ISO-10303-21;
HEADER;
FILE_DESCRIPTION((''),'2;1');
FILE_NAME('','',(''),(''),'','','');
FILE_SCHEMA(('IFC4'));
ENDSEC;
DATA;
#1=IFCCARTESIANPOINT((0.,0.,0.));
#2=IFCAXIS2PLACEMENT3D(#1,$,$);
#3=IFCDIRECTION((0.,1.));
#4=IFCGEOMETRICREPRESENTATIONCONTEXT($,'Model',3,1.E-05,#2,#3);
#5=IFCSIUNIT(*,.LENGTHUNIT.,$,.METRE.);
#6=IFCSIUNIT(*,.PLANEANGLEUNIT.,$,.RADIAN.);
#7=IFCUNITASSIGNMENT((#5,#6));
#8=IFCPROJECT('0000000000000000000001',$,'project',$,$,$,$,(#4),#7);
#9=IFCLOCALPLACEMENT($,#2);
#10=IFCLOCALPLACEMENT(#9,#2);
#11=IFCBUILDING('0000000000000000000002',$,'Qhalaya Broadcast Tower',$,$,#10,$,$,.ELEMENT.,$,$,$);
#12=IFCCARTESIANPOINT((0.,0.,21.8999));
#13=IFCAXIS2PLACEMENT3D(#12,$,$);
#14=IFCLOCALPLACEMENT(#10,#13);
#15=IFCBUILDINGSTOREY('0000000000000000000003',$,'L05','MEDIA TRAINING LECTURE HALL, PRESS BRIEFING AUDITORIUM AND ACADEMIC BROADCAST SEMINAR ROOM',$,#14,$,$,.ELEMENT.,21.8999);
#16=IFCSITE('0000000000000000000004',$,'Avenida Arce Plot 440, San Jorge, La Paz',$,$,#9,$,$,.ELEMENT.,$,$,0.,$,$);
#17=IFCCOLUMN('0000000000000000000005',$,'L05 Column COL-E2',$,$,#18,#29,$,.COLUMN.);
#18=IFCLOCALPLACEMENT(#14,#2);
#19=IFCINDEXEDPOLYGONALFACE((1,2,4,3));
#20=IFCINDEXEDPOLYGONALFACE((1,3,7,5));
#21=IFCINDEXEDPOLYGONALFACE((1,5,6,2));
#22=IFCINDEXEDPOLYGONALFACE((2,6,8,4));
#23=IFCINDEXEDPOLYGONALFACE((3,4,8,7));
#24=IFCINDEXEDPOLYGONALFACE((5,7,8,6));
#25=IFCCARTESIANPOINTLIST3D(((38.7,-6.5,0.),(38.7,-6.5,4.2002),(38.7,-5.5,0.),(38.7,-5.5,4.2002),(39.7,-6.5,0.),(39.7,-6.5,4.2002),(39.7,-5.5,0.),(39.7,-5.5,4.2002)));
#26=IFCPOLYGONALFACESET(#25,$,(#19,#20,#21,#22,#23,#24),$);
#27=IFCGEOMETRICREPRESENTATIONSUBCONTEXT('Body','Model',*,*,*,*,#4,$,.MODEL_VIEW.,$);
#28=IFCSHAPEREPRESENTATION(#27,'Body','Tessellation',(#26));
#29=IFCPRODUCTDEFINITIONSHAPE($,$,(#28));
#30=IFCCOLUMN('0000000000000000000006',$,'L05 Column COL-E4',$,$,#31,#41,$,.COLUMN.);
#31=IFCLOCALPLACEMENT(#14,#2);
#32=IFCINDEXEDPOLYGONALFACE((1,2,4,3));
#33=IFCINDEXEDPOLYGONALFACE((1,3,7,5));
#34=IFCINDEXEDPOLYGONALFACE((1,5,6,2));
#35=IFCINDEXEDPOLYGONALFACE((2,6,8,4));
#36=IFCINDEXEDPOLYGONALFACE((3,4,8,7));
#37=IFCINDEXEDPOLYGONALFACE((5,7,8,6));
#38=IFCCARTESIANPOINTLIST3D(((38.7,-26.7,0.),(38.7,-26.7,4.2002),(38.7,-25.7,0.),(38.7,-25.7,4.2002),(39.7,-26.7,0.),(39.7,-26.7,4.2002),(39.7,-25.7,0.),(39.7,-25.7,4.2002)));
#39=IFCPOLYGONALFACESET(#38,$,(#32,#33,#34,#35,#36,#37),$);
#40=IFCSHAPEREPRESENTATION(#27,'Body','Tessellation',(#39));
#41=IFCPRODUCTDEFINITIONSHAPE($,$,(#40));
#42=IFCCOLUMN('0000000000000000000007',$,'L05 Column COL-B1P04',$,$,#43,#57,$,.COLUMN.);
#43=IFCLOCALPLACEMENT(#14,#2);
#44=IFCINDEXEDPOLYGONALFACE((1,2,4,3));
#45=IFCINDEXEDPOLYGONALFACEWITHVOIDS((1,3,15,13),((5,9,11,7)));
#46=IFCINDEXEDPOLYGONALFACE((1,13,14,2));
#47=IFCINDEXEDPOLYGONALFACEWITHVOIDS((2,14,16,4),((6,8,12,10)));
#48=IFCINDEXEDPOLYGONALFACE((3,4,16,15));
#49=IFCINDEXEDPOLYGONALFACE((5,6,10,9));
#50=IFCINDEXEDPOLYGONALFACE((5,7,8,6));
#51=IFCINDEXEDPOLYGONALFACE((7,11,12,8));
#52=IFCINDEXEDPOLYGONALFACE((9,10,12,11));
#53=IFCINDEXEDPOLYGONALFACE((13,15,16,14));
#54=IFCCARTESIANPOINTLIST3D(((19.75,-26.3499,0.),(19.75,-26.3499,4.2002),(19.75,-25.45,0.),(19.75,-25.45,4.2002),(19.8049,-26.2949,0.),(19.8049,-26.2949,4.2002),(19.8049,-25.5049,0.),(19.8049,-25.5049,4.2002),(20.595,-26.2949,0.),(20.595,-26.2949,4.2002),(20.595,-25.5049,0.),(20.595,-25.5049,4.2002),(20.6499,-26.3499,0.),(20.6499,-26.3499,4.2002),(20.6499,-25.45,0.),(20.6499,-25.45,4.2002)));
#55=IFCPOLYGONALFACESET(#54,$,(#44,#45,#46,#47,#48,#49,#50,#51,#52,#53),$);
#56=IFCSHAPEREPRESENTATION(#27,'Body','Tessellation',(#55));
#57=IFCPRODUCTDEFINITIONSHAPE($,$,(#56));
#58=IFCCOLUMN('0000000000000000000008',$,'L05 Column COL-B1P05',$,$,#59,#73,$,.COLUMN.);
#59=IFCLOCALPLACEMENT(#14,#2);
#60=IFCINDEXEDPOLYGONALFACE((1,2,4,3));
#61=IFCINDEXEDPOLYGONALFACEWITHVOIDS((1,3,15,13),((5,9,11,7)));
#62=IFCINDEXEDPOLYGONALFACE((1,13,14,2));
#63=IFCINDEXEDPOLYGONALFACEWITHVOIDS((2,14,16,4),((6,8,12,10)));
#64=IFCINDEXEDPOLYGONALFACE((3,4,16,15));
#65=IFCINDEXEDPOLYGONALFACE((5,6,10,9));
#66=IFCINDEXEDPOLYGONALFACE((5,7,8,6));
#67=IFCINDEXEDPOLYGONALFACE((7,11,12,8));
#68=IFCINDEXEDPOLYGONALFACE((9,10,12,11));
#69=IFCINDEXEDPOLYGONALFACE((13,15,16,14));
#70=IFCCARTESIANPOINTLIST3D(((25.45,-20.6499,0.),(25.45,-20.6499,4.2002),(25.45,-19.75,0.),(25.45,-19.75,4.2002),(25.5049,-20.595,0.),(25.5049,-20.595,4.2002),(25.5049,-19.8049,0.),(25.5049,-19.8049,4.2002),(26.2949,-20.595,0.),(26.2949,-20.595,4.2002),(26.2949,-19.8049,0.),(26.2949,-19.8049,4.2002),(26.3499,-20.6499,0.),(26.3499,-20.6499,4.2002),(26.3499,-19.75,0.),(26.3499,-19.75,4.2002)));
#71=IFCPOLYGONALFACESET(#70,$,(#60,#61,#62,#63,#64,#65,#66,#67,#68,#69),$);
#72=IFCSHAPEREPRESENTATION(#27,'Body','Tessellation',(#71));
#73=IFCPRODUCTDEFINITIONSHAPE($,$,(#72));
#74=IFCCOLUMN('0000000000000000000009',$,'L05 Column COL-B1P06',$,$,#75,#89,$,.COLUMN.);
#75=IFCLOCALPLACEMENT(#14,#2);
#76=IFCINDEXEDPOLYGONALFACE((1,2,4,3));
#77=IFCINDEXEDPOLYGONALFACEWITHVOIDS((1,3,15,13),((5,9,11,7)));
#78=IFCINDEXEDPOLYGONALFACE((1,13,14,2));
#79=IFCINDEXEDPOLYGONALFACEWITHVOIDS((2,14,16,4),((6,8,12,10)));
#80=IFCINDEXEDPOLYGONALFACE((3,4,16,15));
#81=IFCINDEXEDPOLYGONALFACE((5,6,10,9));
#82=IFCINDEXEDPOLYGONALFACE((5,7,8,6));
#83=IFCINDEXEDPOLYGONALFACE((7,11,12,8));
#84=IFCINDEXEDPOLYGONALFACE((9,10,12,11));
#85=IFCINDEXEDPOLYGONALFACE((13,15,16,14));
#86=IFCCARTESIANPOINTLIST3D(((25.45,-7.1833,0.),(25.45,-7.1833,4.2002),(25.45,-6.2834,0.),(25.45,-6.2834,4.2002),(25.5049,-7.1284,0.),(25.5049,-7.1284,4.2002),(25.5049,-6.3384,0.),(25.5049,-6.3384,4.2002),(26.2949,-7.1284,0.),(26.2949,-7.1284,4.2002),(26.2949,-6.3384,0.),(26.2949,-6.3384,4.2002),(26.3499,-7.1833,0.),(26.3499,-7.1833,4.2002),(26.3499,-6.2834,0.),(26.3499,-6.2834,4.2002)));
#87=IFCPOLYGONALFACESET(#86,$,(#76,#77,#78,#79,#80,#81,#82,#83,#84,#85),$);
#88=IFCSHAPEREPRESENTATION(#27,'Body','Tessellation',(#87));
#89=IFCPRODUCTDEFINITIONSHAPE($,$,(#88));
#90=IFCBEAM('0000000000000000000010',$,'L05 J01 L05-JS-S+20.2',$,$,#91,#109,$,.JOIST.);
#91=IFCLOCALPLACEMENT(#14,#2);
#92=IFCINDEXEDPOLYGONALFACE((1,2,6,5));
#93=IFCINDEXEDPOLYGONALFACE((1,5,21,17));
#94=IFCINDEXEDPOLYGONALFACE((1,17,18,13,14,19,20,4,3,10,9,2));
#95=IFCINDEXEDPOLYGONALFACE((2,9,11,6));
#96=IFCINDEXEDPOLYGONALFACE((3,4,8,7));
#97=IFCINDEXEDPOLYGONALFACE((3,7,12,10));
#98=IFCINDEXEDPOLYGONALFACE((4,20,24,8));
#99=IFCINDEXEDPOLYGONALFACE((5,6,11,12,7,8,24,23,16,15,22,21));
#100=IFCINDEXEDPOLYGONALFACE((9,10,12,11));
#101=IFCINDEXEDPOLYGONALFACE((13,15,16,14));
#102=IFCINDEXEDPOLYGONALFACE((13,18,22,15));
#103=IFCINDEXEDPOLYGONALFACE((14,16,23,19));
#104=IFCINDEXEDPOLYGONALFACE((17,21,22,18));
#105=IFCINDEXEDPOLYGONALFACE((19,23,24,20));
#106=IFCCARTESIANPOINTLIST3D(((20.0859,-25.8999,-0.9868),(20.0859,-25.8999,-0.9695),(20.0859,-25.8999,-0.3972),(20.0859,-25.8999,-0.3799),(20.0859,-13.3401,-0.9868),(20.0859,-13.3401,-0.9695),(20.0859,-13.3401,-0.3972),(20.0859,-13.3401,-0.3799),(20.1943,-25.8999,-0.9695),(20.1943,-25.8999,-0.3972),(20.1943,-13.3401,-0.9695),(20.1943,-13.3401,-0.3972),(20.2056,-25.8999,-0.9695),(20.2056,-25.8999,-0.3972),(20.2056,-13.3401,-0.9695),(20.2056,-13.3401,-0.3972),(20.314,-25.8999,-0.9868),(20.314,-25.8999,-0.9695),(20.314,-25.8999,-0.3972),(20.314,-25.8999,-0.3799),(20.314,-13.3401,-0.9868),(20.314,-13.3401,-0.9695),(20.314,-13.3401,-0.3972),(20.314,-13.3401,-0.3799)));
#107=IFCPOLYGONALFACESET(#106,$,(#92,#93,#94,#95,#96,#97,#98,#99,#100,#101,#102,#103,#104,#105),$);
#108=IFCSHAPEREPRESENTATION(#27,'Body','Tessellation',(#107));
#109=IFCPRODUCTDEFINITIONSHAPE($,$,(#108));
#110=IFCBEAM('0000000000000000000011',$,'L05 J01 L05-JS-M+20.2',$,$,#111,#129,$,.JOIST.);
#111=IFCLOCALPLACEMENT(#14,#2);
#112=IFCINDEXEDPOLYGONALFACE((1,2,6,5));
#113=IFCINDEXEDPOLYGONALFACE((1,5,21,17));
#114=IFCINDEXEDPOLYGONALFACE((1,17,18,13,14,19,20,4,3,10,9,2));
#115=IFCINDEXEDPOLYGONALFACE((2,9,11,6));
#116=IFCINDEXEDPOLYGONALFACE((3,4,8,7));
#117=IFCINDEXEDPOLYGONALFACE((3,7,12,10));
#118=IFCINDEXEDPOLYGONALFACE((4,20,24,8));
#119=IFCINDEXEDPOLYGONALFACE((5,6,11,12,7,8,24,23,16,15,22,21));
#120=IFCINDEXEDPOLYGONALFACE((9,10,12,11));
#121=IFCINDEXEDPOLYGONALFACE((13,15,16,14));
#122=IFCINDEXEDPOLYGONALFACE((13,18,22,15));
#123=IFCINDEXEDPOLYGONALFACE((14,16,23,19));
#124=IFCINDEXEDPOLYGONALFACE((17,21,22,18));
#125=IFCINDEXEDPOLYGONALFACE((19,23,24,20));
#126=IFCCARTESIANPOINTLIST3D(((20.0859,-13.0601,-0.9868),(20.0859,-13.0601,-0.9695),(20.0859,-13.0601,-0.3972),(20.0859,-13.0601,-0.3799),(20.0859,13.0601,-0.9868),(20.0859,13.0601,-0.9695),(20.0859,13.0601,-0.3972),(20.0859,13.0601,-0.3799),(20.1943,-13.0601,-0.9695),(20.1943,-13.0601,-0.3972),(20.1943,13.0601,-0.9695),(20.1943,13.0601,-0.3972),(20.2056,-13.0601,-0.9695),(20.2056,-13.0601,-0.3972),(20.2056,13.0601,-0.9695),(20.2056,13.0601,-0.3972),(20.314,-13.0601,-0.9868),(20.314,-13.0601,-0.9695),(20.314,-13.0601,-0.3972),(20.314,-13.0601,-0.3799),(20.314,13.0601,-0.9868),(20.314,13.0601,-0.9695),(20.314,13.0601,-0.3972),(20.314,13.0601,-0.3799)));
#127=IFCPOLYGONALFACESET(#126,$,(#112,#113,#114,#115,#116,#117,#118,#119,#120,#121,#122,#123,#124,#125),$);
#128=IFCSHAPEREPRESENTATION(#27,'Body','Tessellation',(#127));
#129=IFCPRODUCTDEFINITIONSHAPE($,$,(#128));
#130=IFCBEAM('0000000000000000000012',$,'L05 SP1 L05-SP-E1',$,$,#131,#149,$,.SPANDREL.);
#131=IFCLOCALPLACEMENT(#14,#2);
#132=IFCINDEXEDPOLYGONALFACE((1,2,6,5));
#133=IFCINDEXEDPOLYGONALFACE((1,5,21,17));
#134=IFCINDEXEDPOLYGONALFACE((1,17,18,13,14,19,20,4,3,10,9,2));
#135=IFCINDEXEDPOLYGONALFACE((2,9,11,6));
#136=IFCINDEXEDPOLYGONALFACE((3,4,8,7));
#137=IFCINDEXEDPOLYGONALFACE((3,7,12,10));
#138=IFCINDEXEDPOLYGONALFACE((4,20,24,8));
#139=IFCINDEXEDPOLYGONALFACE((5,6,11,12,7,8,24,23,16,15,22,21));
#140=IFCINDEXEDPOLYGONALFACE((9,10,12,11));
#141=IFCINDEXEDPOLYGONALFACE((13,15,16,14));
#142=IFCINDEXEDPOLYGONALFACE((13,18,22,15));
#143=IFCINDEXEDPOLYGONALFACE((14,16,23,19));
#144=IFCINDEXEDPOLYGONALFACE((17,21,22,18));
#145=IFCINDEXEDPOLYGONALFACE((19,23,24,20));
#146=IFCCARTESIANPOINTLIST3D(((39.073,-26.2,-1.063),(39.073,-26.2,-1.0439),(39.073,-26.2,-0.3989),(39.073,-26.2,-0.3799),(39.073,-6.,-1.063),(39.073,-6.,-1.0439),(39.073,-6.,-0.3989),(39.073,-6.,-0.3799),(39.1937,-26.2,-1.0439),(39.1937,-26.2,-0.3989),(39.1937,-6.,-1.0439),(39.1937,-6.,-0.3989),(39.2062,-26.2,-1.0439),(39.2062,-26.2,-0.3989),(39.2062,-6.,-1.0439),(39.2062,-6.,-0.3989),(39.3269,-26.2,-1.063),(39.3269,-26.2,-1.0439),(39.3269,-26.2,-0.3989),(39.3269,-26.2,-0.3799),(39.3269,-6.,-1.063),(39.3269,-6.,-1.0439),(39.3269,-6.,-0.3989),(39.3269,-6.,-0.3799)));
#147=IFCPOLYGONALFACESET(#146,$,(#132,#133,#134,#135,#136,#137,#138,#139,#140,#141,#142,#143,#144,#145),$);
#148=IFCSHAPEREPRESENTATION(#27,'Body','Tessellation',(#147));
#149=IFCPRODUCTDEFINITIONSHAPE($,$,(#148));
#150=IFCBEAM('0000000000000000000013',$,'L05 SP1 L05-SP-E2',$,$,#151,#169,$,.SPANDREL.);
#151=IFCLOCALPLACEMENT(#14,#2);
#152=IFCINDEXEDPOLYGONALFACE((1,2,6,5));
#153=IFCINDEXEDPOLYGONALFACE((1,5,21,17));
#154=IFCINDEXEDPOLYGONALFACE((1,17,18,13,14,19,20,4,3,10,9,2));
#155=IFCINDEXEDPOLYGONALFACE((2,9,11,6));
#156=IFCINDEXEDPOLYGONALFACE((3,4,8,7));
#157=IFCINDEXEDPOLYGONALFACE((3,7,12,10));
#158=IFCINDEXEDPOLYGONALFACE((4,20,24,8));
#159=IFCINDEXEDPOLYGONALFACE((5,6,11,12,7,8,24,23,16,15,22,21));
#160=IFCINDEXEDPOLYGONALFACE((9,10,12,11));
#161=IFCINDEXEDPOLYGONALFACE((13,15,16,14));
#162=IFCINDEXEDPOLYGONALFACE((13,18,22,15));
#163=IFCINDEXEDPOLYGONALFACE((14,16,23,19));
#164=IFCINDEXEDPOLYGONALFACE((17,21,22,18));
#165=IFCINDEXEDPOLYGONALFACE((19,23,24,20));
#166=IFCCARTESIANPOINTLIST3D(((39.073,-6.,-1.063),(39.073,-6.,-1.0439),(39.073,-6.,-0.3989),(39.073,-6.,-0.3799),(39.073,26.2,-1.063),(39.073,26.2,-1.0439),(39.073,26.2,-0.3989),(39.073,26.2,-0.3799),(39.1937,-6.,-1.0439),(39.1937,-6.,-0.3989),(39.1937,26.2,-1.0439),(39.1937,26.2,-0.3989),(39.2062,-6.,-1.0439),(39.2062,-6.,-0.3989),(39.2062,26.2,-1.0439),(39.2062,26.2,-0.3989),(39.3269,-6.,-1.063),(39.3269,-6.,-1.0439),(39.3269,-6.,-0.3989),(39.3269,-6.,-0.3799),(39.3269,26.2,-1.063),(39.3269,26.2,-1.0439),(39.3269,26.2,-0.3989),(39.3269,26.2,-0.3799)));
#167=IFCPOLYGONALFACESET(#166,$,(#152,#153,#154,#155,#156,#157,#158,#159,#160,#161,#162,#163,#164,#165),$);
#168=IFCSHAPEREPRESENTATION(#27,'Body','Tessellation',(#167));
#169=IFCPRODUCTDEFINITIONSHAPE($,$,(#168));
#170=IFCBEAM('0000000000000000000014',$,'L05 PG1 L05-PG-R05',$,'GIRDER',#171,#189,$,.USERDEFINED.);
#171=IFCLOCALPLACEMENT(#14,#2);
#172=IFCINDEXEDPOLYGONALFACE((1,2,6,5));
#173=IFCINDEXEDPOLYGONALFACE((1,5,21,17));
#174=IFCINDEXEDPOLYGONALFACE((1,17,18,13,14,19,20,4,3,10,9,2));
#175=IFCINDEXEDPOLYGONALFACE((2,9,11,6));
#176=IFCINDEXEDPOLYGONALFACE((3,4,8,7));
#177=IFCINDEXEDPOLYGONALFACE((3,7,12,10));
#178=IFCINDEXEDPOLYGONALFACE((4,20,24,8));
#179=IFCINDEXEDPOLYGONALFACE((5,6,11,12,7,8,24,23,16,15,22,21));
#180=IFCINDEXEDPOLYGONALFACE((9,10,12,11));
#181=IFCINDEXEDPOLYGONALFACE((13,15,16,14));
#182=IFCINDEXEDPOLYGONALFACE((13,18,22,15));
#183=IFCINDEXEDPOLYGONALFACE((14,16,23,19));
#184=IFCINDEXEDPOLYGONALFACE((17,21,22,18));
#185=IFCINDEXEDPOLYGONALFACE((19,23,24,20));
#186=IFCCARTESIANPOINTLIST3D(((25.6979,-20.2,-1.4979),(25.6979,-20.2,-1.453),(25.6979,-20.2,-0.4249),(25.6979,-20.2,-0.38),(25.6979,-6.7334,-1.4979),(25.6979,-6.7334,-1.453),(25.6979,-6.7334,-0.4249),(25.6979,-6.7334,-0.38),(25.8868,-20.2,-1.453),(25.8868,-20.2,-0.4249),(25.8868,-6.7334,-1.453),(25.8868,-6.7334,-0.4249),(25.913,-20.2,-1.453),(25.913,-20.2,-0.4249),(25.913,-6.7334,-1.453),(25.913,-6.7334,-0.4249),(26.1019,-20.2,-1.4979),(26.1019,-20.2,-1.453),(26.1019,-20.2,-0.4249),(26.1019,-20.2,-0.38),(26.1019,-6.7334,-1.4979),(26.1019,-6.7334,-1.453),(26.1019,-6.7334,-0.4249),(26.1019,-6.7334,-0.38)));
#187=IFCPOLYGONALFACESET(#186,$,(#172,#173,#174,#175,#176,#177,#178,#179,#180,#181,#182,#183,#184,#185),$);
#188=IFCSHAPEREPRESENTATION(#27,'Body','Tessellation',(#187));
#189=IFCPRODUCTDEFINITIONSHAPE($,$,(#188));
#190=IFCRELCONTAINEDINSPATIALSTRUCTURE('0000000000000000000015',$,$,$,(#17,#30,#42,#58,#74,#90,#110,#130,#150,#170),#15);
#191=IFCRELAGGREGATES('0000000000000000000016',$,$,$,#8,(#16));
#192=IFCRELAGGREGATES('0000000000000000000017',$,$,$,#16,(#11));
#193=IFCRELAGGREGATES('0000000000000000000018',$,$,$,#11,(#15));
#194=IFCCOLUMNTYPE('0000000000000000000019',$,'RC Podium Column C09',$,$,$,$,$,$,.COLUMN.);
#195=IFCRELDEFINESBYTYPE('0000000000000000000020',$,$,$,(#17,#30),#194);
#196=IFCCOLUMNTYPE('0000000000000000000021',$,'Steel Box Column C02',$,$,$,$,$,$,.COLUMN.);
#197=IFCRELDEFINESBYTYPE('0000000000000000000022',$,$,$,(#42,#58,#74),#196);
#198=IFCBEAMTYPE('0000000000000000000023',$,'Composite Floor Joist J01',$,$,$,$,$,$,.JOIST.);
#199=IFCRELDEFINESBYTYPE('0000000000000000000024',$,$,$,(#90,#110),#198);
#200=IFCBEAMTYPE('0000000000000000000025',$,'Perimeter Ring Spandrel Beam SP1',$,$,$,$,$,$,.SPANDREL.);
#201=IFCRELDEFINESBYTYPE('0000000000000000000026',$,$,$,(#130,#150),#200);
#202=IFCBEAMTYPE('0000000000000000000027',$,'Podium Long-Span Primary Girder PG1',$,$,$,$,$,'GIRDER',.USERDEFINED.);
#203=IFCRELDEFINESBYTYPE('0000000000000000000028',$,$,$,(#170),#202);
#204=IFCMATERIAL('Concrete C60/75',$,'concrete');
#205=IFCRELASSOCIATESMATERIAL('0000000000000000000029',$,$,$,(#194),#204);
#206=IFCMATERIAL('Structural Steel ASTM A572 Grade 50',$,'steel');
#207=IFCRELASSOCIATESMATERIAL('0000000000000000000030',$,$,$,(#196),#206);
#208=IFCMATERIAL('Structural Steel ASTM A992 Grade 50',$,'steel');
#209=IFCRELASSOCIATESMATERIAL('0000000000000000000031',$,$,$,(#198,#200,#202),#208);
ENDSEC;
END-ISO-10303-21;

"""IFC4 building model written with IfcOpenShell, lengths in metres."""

from ifc_helpers import new_model, si_unit, direction, frame, origin, origin_2d, place, context, subcontext, project, spatial, rectangle, hollow_rectangle, i_section, extrude, material, material_profile, profile_set, type_object, element, save


model = new_model("IFC4")

# Units and contexts
model_context = context("Model", 3, precision=1e-05, world=origin(), true_north=direction((0.0, 1.0)))
body_context = subcontext(model_context, "Body", "Model", "MODEL_VIEW")
ifc_project = project(units=[si_unit("LENGTHUNIT", "METRE"), si_unit("PLANEANGLEUNIT", "RADIAN")], contexts=[model_context])

# Site, building, storey
site_placement = place(None, origin())
site = spatial("IfcSite", under=ifc_project, at=site_placement, Name="Avenida Arce Plot 440, San Jorge, La Paz", CompositionType="ELEMENT", RefElevation=0.0)
building_placement = place(site_placement, origin())
building = spatial("IfcBuilding", under=site, at=building_placement, Name="Qhalaya Broadcast Tower", CompositionType="ELEMENT")
storey_placement = place(building_placement, frame((0.0, 0.0, 21.8999)))
storey = spatial("IfcBuildingStorey", under=building, at=storey_placement, Name="L05", Description="MEDIA TRAINING LECTURE HALL, PRESS BRIEFING AUDITORIUM AND ACADEMIC BROADCAST SEMINAR ROOM", CompositionType="ELEMENT", Elevation=21.8999)

# Columns
ifc_material_1 = material(Name="Concrete C60/75", Category="concrete")
ifc_material_profile_1 = material_profile(ifc_material_1, rectangle(XDim=1.0, YDim=1.0, at=origin_2d()), Name="RC-COL 1000x1000")
ifc_profile_set_1 = profile_set([ifc_material_profile_1], Name="Concrete C60/75")
column_type_1 = type_object("IfcColumnType", Name="RC Podium Column C09", PredefinedType="COLUMN", material=ifc_profile_set_1)
for number, where, z_axis, x_axis, name in (
    (1, (39.2, -6.0, 0.0), (0.0, 0.0, 1.0), (1.0, 0.0, 0.0), "L05 Column COL-E2"),
    (2, (39.2, -26.2, 0.0), (0.0, 0.0, 1.0), (1.0, 0.0, 0.0), "L05 Column COL-E4"),
):
    element("IfcColumn", number, at=place(storey_placement, frame(where, z_axis=z_axis, x_axis=x_axis)), inside=storey, type_object=column_type_1, Name=name, PredefinedType="COLUMN", context=body_context, shape_type="SweptSolid", body=[
        extrude(rectangle(XDim=1.0, YDim=1.0, at=origin_2d()), origin(), (0.0, 0.0, 1.0), 4.2002),
    ])
ifc_material_2 = material(Name="Structural Steel ASTM A572 Grade 50", Category="steel")
ifc_material_profile_2 = material_profile(ifc_material_2, hollow_rectangle(XDim=0.8999, YDim=0.8999, WallThickness=0.0549, at=origin_2d()), Name="BOX 900x900x55")
ifc_profile_set_2 = profile_set([ifc_material_profile_2], Name="Structural Steel ASTM A572 Grade 50")
column_type_2 = type_object("IfcColumnType", Name="Steel Box Column C02", PredefinedType="COLUMN", material=ifc_profile_set_2)
for number, where, z_axis, x_axis, name in (
    (3, (20.2, -25.8999, 0.0), (0.0, 0.0, 1.0), (1.0, 0.0, 0.0), "L05 Column COL-B1P04"),
    (4, (25.8999, -20.2, 0.0), (0.0, 0.0, 1.0), (0.0, 1.0, 0.0), "L05 Column COL-B1P05"),
    (5, (25.8999, -6.7334, 0.0), (0.0, 0.0, 1.0), (0.0, 1.0, 0.0), "L05 Column COL-B1P06"),
):
    element("IfcColumn", number, at=place(storey_placement, frame(where, z_axis=z_axis, x_axis=x_axis)), inside=storey, type_object=column_type_2, Name=name, PredefinedType="COLUMN", context=body_context, shape_type="SweptSolid", body=[
        extrude(hollow_rectangle(XDim=0.8999, YDim=0.8999, WallThickness=0.0549, at=origin_2d()), origin(), (0.0, 0.0, 1.0), 4.2002),
    ])

# Beams
ifc_material_3 = material(Name="Structural Steel ASTM A992 Grade 50", Category="steel")
ifc_material_profile_3 = material_profile(ifc_material_3, i_section(OverallWidth=0.228, OverallDepth=0.6069, WebThickness=0.0112, FlangeThickness=0.0173, at=origin_2d()), Name="W24X76")
ifc_profile_set_3 = profile_set([ifc_material_profile_3], Name="Structural Steel ASTM A992 Grade 50")
beam_type_1 = type_object("IfcBeamType", Name="Composite Floor Joist J01", PredefinedType="JOIST", material=ifc_profile_set_3)
beam_1_placement = place(storey_placement, frame((20.2, -25.8999, -0.6833), z_axis=(0.0, 1.0, 0.0), x_axis=(-1.0, 0.0, 0.0)))
element("IfcBeam", 6, at=beam_1_placement, inside=storey, type_object=beam_type_1, Name="L05 J01 L05-JS-S+20.2", PredefinedType="JOIST", context=body_context, shape_type="SweptSolid", body=[
    extrude(i_section(OverallWidth=0.228, OverallDepth=0.6069, WebThickness=0.0112, FlangeThickness=0.0173, at=origin_2d()), origin(), (0.0, 0.0, 1.0), 12.5598),
])
beam_2_placement = place(storey_placement, frame((20.2, -13.0601, -0.6833), z_axis=(0.0, 1.0, 0.0), x_axis=(-1.0, 0.0, 0.0)))
element("IfcBeam", 7, at=beam_2_placement, inside=storey, type_object=beam_type_1, Name="L05 J01 L05-JS-M+20.2", PredefinedType="JOIST", context=body_context, shape_type="SweptSolid", body=[
    extrude(i_section(OverallWidth=0.228, OverallDepth=0.6069, WebThickness=0.0112, FlangeThickness=0.0173, at=origin_2d()), origin(), (0.0, 0.0, 1.0), 26.1201),
])
ifc_material_profile_4 = material_profile(ifc_material_3, i_section(OverallWidth=0.2539, OverallDepth=0.6831, WebThickness=0.0125, FlangeThickness=0.019, at=origin_2d()), Name="W27X94")
ifc_profile_set_4 = profile_set([ifc_material_profile_4], Name="Structural Steel ASTM A992 Grade 50")
beam_type_2 = type_object("IfcBeamType", Name="Perimeter Ring Spandrel Beam SP1", PredefinedType="SPANDREL", material=ifc_profile_set_4)
beam_3_placement = place(storey_placement, frame((39.2, -26.2, -0.7214), z_axis=(0.0, 1.0, 0.0), x_axis=(-1.0, 0.0, 0.0)))
element("IfcBeam", 8, at=beam_3_placement, inside=storey, type_object=beam_type_2, Name="L05 SP1 L05-SP-E1", PredefinedType="SPANDREL", context=body_context, shape_type="SweptSolid", body=[
    extrude(i_section(OverallWidth=0.2539, OverallDepth=0.6831, WebThickness=0.0125, FlangeThickness=0.019, at=origin_2d()), origin(), (0.0, 0.0, 1.0), 20.2),
])
beam_4_placement = place(storey_placement, frame((39.2, -6.0, -0.7214), z_axis=(0.0, 1.0, 0.0), x_axis=(-1.0, 0.0, 0.0)))
element("IfcBeam", 9, at=beam_4_placement, inside=storey, type_object=beam_type_2, Name="L05 SP1 L05-SP-E2", PredefinedType="SPANDREL", context=body_context, shape_type="SweptSolid", body=[
    extrude(i_section(OverallWidth=0.2539, OverallDepth=0.6831, WebThickness=0.0125, FlangeThickness=0.019, at=origin_2d()), origin(), (0.0, 0.0, 1.0), 32.2),
])
ifc_material_profile_5 = material_profile(ifc_material_3, i_section(OverallWidth=0.4041, OverallDepth=1.1179, WebThickness=0.0261, FlangeThickness=0.0449, at=origin_2d()), Name="W44X335")
ifc_profile_set_5 = profile_set([ifc_material_profile_5], Name="Structural Steel ASTM A992 Grade 50")
beam_type_3 = type_object("IfcBeamType", Name="Podium Long-Span Primary Girder PG1", ElementType="GIRDER", PredefinedType="USERDEFINED", material=ifc_profile_set_5)
beam_5_placement = place(storey_placement, frame((25.8999, -20.2, -0.939), z_axis=(0.0, 1.0, 0.0), x_axis=(-1.0, 0.0, 0.0)))
element("IfcBeam", 10, at=beam_5_placement, inside=storey, type_object=beam_type_3, Name="L05 PG1 L05-PG-R05", ObjectType="GIRDER", PredefinedType="USERDEFINED", context=body_context, shape_type="SweptSolid", body=[
    extrude(i_section(OverallWidth=0.4041, OverallDepth=1.1179, WebThickness=0.0261, FlangeThickness=0.0449, at=origin_2d()), origin(), (0.0, 0.0, 1.0), 13.4666),
])

save(model, "model.ifc")
